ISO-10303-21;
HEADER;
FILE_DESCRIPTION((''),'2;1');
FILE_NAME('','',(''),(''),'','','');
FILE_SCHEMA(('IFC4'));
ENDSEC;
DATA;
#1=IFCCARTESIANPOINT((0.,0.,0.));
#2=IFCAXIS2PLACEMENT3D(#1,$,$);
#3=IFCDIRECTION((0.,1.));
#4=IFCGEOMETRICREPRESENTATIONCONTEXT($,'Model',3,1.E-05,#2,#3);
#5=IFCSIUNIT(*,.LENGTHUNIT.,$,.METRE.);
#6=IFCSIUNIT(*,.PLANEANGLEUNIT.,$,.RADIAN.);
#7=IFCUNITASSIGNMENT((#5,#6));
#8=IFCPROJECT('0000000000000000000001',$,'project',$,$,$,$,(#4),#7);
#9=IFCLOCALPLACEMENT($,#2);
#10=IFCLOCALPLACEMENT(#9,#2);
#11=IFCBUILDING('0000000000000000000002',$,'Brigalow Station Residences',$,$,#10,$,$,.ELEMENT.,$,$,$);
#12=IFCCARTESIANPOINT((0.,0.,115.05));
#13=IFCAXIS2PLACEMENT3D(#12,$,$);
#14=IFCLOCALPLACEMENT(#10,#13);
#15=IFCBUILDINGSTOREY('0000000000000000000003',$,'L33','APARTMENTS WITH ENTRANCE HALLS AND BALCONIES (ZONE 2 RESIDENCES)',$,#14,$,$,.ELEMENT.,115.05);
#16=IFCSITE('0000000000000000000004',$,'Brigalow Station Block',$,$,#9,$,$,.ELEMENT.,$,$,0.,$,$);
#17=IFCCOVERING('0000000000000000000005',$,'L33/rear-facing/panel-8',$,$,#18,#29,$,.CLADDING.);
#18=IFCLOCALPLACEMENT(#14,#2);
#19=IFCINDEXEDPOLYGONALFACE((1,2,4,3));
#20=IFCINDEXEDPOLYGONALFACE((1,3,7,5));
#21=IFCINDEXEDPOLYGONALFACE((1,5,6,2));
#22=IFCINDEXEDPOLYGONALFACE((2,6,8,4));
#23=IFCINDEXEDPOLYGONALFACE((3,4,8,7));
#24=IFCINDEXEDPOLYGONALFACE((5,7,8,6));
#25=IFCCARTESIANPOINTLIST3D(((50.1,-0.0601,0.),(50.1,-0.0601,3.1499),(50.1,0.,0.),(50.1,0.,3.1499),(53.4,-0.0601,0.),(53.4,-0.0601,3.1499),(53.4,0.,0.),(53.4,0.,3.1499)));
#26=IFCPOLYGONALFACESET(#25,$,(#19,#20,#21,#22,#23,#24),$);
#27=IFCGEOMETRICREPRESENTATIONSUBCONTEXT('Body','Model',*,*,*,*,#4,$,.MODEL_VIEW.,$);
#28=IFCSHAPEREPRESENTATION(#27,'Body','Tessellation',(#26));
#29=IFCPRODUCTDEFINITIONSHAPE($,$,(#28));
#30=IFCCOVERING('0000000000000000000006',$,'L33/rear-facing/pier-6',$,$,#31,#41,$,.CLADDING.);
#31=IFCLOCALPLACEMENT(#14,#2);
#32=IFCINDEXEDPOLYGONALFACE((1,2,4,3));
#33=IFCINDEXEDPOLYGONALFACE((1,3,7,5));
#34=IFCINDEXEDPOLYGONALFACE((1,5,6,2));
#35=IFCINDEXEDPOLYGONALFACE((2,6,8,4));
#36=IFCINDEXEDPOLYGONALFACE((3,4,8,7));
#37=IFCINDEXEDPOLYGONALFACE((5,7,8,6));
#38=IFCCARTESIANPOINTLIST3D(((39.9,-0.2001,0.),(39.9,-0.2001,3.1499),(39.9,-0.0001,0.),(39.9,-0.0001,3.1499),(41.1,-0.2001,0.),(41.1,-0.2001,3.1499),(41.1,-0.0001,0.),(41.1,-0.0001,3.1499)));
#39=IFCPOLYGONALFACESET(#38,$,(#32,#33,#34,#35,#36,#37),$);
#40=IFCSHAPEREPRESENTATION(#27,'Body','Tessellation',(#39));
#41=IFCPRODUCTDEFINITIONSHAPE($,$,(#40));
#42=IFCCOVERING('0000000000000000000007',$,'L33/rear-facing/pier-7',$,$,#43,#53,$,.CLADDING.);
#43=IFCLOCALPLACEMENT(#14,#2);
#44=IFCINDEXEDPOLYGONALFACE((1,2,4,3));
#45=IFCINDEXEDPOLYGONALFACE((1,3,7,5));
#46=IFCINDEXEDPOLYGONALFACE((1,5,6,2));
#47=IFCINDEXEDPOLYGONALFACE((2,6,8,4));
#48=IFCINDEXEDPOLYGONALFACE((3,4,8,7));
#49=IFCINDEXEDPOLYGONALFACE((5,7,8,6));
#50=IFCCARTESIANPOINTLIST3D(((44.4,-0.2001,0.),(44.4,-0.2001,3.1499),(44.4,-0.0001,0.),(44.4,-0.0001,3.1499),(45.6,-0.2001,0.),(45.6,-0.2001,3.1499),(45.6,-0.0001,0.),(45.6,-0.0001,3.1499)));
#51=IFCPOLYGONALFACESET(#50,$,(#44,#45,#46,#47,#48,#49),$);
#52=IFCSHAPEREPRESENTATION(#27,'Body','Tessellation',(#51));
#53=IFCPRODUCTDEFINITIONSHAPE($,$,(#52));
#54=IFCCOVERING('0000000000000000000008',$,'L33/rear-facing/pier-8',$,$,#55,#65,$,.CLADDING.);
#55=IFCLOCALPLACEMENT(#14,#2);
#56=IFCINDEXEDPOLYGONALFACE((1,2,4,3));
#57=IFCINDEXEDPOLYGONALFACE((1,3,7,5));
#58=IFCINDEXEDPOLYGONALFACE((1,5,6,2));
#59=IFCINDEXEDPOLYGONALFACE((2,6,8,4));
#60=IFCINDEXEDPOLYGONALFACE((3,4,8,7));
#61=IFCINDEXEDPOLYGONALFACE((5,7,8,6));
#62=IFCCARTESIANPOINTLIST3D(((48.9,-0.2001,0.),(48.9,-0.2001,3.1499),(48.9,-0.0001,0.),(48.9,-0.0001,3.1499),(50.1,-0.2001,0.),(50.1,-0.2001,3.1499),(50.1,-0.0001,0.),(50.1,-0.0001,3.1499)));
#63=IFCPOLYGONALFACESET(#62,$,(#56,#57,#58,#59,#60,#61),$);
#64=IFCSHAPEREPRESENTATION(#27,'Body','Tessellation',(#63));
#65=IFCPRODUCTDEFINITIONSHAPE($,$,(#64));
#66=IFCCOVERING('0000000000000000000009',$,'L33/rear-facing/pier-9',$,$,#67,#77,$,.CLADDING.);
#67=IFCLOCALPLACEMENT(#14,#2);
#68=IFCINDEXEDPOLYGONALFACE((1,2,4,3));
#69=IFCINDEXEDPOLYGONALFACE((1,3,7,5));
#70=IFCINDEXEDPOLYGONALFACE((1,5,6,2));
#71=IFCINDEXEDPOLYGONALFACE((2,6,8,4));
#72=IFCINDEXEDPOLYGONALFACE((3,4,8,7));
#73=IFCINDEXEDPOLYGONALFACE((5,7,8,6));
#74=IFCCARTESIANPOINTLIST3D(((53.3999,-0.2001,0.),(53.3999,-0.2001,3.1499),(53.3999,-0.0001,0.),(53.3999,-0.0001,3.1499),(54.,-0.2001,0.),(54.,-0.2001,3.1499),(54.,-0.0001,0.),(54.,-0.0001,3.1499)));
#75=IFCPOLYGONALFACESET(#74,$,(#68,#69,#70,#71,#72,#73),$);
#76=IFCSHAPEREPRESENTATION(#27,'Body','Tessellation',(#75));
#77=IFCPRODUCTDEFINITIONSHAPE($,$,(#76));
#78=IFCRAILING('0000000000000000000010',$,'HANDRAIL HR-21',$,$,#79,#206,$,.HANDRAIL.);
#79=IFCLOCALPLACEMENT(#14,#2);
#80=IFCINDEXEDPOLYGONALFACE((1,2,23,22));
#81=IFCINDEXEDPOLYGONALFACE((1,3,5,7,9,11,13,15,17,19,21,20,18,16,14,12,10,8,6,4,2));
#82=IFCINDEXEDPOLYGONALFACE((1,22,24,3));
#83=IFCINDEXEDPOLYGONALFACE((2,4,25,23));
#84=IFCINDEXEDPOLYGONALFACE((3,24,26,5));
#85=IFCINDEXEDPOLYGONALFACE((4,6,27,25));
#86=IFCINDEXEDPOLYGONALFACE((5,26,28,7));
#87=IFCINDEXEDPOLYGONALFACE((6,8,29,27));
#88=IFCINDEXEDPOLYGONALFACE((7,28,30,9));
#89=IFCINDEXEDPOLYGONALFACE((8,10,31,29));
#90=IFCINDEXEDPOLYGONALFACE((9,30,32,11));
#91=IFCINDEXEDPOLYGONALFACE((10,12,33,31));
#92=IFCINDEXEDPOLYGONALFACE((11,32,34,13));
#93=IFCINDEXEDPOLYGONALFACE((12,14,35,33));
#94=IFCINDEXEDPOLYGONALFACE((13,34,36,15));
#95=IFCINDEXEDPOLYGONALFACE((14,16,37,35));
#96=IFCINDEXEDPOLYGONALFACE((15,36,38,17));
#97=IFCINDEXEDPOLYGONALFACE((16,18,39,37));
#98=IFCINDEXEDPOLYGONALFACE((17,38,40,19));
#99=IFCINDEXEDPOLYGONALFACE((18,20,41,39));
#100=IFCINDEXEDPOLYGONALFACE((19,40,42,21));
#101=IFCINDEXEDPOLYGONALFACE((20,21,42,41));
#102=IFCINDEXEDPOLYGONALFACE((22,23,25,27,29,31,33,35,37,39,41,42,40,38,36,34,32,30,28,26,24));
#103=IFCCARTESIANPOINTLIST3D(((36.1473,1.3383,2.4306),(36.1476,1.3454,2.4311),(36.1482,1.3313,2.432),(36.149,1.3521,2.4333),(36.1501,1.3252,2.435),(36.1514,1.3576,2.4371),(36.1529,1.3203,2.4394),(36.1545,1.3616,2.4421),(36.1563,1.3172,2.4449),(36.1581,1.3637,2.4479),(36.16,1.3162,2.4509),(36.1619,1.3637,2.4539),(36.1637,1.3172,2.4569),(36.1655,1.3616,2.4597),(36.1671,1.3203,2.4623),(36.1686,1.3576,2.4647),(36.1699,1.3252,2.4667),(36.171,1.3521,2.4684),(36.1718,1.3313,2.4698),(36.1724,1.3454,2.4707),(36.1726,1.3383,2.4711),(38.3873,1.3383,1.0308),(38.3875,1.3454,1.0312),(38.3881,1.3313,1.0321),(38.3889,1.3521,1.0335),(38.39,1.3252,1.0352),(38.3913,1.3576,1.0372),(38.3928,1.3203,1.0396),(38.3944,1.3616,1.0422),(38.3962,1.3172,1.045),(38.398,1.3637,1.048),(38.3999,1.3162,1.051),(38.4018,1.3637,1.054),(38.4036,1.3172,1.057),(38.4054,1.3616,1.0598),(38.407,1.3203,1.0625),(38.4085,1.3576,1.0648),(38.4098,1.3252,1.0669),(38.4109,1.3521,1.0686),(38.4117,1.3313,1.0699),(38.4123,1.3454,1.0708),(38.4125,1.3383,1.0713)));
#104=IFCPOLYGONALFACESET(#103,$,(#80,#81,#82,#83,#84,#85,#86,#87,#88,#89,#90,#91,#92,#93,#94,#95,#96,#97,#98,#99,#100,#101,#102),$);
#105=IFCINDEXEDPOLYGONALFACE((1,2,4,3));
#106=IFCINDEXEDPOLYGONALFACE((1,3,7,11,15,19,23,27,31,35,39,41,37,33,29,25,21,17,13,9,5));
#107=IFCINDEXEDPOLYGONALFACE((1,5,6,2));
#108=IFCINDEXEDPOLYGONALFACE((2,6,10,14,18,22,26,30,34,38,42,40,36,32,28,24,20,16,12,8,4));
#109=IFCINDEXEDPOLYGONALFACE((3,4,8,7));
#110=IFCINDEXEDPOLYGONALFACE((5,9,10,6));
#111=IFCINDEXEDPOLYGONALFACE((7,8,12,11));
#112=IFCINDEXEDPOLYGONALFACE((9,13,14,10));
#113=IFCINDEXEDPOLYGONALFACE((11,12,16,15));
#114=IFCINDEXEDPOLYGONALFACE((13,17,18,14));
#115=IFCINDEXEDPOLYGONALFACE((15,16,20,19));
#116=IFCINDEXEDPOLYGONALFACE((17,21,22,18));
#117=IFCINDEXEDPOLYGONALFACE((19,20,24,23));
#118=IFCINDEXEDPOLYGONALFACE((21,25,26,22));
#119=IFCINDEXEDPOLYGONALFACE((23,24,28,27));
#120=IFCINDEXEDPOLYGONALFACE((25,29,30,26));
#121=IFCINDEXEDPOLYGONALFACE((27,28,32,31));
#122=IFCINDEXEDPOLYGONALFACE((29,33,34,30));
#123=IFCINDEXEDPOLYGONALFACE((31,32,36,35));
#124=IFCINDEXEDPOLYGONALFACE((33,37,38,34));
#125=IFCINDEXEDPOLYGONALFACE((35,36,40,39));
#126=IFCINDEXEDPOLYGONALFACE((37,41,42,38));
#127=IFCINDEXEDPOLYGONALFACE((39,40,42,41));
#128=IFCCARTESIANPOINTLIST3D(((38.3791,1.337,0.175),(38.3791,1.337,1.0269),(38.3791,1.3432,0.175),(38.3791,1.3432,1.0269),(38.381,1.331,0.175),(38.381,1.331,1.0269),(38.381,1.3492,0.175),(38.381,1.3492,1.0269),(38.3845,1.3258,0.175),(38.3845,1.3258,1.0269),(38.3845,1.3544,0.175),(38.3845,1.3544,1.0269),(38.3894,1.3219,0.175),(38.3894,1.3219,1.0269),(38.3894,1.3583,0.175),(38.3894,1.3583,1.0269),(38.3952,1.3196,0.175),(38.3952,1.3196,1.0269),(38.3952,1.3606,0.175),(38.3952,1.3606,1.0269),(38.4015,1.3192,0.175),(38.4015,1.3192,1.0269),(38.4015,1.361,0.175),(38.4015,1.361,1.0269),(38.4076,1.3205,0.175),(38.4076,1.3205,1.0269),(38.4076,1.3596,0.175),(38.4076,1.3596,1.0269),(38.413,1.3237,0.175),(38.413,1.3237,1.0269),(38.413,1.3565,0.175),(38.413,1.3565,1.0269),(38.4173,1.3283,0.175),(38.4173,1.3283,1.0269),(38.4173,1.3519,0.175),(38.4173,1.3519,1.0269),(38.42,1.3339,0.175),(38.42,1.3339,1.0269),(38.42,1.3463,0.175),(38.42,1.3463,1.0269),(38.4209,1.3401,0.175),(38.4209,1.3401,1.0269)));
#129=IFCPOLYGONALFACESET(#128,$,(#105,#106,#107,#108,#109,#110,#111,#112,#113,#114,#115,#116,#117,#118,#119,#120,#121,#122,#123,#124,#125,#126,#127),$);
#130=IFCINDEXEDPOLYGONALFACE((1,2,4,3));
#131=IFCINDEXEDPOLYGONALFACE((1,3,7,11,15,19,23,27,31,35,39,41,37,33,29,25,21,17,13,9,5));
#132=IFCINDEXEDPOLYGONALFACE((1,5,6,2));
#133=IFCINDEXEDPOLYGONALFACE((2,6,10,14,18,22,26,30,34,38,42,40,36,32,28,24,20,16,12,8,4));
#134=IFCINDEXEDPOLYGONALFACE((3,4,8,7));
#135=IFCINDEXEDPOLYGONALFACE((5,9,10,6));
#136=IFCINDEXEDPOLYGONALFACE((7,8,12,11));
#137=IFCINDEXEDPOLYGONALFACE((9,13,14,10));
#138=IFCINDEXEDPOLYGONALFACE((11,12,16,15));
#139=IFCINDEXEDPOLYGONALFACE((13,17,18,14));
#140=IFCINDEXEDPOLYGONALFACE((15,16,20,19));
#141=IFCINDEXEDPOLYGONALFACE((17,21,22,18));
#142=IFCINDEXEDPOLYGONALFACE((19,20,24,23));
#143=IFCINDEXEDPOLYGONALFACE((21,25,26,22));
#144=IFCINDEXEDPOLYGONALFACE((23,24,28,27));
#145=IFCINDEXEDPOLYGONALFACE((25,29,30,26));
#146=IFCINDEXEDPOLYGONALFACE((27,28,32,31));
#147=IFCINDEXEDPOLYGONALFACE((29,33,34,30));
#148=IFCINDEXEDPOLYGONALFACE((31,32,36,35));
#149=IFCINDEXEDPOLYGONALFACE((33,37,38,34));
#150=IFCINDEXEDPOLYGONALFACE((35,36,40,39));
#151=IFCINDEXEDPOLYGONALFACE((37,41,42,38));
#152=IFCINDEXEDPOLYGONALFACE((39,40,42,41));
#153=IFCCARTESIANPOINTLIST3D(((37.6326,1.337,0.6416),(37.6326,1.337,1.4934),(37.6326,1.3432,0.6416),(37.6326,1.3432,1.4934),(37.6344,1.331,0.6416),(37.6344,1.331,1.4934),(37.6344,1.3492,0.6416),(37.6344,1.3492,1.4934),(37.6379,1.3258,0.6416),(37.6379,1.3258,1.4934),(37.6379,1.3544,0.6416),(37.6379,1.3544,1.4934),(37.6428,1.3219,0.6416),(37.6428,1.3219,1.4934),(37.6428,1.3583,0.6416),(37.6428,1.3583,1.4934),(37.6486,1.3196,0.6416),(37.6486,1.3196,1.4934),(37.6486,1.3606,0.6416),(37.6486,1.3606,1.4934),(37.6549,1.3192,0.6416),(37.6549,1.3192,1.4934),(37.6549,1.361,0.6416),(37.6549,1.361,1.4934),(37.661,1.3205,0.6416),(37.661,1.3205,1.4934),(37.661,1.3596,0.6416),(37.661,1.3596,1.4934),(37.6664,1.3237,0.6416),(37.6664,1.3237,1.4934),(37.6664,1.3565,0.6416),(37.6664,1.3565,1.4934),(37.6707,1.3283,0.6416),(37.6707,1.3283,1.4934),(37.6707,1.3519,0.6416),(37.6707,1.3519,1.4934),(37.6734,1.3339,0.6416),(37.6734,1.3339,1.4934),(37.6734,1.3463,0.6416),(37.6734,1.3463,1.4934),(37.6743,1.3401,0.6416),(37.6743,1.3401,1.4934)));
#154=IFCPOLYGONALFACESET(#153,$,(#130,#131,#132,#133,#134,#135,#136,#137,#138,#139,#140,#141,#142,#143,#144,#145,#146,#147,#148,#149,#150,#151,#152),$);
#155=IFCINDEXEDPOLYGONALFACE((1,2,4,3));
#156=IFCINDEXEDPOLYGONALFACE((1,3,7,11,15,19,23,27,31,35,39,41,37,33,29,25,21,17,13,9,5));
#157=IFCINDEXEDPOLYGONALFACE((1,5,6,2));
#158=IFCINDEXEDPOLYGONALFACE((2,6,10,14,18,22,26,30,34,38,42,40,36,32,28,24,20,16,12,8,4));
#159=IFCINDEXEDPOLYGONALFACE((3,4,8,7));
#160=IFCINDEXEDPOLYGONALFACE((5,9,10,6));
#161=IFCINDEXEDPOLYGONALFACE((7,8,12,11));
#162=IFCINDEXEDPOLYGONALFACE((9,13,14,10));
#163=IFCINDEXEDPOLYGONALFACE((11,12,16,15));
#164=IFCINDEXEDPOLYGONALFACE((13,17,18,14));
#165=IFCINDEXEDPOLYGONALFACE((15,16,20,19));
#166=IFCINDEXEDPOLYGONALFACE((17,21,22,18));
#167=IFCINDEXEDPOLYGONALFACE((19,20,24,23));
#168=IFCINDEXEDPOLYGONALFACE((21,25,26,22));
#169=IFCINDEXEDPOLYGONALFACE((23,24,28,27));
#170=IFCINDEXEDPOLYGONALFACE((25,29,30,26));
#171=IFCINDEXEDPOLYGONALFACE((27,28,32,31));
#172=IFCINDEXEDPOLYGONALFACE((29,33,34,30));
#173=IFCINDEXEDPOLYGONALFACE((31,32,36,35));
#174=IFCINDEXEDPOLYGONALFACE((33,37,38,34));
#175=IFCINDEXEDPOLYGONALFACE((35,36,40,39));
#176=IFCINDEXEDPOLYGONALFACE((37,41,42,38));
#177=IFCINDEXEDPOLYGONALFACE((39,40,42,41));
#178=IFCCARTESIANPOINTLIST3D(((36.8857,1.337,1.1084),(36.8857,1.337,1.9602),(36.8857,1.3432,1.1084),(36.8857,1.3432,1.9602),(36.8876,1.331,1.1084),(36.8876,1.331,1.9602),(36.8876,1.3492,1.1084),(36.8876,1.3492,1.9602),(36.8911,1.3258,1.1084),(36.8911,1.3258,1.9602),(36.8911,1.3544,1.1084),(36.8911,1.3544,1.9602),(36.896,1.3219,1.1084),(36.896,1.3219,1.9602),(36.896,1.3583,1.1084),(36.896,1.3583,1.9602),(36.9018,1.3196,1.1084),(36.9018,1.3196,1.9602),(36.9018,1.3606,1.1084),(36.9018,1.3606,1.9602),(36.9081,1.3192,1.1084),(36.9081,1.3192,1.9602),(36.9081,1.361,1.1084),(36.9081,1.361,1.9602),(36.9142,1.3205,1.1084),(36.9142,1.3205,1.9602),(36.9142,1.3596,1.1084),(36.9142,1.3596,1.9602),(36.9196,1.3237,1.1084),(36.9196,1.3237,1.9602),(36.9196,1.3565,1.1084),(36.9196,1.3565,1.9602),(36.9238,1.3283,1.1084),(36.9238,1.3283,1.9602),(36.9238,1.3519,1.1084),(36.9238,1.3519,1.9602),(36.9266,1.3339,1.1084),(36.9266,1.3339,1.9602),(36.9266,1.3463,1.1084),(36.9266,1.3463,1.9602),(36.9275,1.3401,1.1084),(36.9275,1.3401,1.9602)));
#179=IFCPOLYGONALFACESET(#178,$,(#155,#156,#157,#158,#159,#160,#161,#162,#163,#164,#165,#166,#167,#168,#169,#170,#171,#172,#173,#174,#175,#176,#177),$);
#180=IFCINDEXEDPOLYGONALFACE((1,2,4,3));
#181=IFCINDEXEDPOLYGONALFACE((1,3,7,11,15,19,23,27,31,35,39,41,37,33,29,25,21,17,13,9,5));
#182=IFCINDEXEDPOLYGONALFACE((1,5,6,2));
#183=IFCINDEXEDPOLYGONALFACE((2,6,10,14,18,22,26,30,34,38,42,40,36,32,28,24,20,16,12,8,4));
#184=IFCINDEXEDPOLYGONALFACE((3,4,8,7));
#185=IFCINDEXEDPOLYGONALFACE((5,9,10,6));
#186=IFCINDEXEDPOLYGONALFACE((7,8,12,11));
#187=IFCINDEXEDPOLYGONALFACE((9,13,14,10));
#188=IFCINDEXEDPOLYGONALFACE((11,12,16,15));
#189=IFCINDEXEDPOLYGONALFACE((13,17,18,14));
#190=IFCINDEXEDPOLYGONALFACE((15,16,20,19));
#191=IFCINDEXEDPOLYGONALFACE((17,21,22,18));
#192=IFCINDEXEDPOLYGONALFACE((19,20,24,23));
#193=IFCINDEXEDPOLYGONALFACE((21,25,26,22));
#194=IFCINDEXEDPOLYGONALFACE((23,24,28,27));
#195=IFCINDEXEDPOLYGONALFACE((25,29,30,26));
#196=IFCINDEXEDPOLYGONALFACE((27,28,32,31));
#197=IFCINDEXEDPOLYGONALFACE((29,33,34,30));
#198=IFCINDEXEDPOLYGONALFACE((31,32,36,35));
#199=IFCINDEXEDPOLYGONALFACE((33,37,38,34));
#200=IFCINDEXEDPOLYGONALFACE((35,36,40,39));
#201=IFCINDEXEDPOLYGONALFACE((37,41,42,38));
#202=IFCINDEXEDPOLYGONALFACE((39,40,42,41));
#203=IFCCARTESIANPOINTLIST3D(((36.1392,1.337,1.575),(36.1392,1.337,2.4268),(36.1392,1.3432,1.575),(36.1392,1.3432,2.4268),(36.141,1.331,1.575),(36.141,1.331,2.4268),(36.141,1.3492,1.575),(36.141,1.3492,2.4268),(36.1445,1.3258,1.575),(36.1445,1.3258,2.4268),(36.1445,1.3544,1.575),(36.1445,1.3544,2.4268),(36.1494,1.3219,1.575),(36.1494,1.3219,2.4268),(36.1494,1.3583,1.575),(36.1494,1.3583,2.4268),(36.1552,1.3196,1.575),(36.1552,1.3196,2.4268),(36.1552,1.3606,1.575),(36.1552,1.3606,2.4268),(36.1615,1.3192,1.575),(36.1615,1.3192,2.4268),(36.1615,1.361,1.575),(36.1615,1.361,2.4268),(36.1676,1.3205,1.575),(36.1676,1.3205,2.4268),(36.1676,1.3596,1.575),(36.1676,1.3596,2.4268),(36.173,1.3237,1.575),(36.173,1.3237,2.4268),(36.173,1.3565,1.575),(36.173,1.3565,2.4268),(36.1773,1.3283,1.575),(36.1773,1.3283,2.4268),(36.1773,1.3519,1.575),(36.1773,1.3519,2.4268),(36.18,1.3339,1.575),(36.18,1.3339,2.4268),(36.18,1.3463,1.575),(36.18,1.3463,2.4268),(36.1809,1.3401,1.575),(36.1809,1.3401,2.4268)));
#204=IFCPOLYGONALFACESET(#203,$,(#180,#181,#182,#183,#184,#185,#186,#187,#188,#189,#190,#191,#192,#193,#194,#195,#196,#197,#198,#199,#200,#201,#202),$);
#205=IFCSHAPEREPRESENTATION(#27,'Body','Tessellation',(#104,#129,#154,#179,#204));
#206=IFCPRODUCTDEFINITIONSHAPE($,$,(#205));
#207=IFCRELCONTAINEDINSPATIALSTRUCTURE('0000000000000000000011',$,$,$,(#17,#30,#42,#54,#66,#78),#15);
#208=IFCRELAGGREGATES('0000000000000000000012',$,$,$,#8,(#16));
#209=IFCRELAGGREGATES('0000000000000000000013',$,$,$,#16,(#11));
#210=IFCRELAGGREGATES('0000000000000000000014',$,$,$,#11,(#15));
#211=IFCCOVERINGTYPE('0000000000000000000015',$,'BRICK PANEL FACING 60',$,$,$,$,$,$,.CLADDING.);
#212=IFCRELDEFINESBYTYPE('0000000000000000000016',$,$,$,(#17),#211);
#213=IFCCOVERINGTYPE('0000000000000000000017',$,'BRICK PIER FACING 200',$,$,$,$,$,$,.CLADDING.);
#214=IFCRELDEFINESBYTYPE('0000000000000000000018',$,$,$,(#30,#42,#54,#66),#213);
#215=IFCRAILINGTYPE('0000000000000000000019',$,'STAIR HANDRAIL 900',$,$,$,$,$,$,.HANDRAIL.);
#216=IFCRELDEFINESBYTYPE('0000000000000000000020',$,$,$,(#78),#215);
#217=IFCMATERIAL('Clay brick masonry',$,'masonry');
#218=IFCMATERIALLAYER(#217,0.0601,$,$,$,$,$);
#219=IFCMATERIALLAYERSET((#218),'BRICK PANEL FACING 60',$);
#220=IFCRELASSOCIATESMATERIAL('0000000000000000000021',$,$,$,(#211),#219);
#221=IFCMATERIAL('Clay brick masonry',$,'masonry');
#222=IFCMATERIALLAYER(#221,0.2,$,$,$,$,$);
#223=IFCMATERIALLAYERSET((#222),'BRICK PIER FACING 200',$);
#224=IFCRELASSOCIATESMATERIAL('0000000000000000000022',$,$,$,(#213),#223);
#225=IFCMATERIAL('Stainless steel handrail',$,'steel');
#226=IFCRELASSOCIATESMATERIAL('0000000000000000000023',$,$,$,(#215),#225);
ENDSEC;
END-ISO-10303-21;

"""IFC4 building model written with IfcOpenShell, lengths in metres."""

from ifc_helpers import new_model, si_unit, direction, frame, origin, origin_2d, place, context, subcontext, project, spatial, rectangle, circle, extrude, material, layer, layer_set, type_object, element, save


model = new_model("IFC4")

# Units and contexts
model_context = context("Model", 3, precision=1e-05, world=origin(), true_north=direction((0.0, 1.0)))
body_context = subcontext(model_context, "Body", "Model", "MODEL_VIEW")
ifc_project = project(units=[si_unit("LENGTHUNIT", "METRE"), si_unit("PLANEANGLEUNIT", "RADIAN")], contexts=[model_context])

# Site, building, storey
site_placement = place(None, origin())
site = spatial("IfcSite", under=ifc_project, at=site_placement, Name="Brigalow Station Block", CompositionType="ELEMENT", RefElevation=0.0)
building_placement = place(site_placement, origin())
building = spatial("IfcBuilding", under=site, at=building_placement, Name="Brigalow Station Residences", CompositionType="ELEMENT")
storey_placement = place(building_placement, frame((0.0, 0.0, 115.05)))
storey = spatial("IfcBuildingStorey", under=building, at=storey_placement, Name="L33", Description="APARTMENTS WITH ENTRANCE HALLS AND BALCONIES (ZONE 2 RESIDENCES)", CompositionType="ELEMENT", Elevation=115.05)

# Coverings
ifc_material_1 = material(Name="Clay brick masonry", Category="masonry")
ifc_layer_1 = layer(ifc_material_1, 0.0601)
ifc_layer_set_1 = layer_set([ifc_layer_1], Name="BRICK PANEL FACING 60")
covering_type_1 = type_object("IfcCoveringType", Name="BRICK PANEL FACING 60", PredefinedType="CLADDING", material=ifc_layer_set_1)
for number, where, z_axis, x_axis, name in (
    (1, (51.75, -0.03, 0.0), (0.0, 0.0, 1.0), (1.0, 0.0, 0.0), "L33/rear-facing/panel-8"),
):
    element("IfcCovering", number, at=place(storey_placement, frame(where, z_axis=z_axis, x_axis=x_axis)), inside=storey, type_object=covering_type_1, Name=name, PredefinedType="CLADDING", context=body_context, shape_type="SweptSolid", body=[
        extrude(rectangle(XDim=3.3, YDim=0.0601, at=origin_2d()), origin(), (0.0, 0.0, 1.0), 3.1499),
    ])
ifc_material_2 = material(Name="Clay brick masonry", Category="masonry")
ifc_layer_2 = layer(ifc_material_2, 0.2)
ifc_layer_set_2 = layer_set([ifc_layer_2], Name="BRICK PIER FACING 200")
covering_type_2 = type_object("IfcCoveringType", Name="BRICK PIER FACING 200", PredefinedType="CLADDING", material=ifc_layer_set_2)
for number, where, z_axis, x_axis, name in (
    (2, (40.5, -0.1001, 0.0), (0.0, 0.0, 1.0), (1.0, 0.0, 0.0), "L33/rear-facing/pier-6"),
    (3, (45.0, -0.1001, 0.0), (0.0, 0.0, 1.0), (1.0, 0.0, 0.0), "L33/rear-facing/pier-7"),
    (4, (49.5, -0.1001, 0.0), (0.0, 0.0, 1.0), (1.0, 0.0, 0.0), "L33/rear-facing/pier-8"),
):
    element("IfcCovering", number, at=place(storey_placement, frame(where, z_axis=z_axis, x_axis=x_axis)), inside=storey, type_object=covering_type_2, Name=name, PredefinedType="CLADDING", context=body_context, shape_type="SweptSolid", body=[
        extrude(rectangle(XDim=1.2, YDim=0.2, at=origin_2d()), origin(), (0.0, 0.0, 1.0), 3.1499),
    ])
covering_placement = place(storey_placement, frame((53.7, -0.1001, 0.0), z_axis=(0.0, 0.0, 1.0), x_axis=(1.0, 0.0, 0.0)))
element("IfcCovering", 5, at=covering_placement, inside=storey, type_object=covering_type_2, Name="L33/rear-facing/pier-9", PredefinedType="CLADDING", context=body_context, shape_type="SweptSolid", body=[
    extrude(rectangle(XDim=0.6001, YDim=0.2, at=origin_2d()), origin(), (0.0, 0.0, 1.0), 3.1499),
])

# Railing
ifc_material_3 = material(Name="Stainless steel handrail", Category="steel")
railing_type_1 = type_object("IfcRailingType", Name="STAIR HANDRAIL 900", PredefinedType="HANDRAIL", material=ifc_material_3)
railing_1_placement = place(storey_placement, frame((38.3999, 1.3401, 0.175)))
element("IfcRailing", 6, at=railing_1_placement, inside=storey, type_object=railing_type_1, Name="HANDRAIL HR-21", PredefinedType="HANDRAIL", context=body_context, shape_type="SweptSolid", body=[
    extrude(circle(Radius=0.0239, at=origin_2d()), frame((0.0, 0.0, 0.876), z_axis=(-0.848014, 0.0, 0.529974), x_axis=(0.0, -1.0, 0.0)), (0.0, 0.0, 1.0), 2.6414),
    extrude(circle(Radius=0.021, at=origin_2d()), origin(), (0.0, 0.0, 1.0), 0.8518),
    extrude(circle(Radius=0.021, at=origin_2d()), frame((-0.7466, 0.0, 0.4666)), (0.0, 0.0, 1.0), 0.8518),
    extrude(circle(Radius=0.021, at=origin_2d()), frame((-1.4934, 0.0, 0.9333)), (0.0, 0.0, 1.0), 0.8518),
    extrude(circle(Radius=0.021, at=origin_2d()), frame((-2.24, 0.0, 1.3999)), (0.0, 0.0, 1.0), 0.8518),
])

save(model, "model.ifc")
